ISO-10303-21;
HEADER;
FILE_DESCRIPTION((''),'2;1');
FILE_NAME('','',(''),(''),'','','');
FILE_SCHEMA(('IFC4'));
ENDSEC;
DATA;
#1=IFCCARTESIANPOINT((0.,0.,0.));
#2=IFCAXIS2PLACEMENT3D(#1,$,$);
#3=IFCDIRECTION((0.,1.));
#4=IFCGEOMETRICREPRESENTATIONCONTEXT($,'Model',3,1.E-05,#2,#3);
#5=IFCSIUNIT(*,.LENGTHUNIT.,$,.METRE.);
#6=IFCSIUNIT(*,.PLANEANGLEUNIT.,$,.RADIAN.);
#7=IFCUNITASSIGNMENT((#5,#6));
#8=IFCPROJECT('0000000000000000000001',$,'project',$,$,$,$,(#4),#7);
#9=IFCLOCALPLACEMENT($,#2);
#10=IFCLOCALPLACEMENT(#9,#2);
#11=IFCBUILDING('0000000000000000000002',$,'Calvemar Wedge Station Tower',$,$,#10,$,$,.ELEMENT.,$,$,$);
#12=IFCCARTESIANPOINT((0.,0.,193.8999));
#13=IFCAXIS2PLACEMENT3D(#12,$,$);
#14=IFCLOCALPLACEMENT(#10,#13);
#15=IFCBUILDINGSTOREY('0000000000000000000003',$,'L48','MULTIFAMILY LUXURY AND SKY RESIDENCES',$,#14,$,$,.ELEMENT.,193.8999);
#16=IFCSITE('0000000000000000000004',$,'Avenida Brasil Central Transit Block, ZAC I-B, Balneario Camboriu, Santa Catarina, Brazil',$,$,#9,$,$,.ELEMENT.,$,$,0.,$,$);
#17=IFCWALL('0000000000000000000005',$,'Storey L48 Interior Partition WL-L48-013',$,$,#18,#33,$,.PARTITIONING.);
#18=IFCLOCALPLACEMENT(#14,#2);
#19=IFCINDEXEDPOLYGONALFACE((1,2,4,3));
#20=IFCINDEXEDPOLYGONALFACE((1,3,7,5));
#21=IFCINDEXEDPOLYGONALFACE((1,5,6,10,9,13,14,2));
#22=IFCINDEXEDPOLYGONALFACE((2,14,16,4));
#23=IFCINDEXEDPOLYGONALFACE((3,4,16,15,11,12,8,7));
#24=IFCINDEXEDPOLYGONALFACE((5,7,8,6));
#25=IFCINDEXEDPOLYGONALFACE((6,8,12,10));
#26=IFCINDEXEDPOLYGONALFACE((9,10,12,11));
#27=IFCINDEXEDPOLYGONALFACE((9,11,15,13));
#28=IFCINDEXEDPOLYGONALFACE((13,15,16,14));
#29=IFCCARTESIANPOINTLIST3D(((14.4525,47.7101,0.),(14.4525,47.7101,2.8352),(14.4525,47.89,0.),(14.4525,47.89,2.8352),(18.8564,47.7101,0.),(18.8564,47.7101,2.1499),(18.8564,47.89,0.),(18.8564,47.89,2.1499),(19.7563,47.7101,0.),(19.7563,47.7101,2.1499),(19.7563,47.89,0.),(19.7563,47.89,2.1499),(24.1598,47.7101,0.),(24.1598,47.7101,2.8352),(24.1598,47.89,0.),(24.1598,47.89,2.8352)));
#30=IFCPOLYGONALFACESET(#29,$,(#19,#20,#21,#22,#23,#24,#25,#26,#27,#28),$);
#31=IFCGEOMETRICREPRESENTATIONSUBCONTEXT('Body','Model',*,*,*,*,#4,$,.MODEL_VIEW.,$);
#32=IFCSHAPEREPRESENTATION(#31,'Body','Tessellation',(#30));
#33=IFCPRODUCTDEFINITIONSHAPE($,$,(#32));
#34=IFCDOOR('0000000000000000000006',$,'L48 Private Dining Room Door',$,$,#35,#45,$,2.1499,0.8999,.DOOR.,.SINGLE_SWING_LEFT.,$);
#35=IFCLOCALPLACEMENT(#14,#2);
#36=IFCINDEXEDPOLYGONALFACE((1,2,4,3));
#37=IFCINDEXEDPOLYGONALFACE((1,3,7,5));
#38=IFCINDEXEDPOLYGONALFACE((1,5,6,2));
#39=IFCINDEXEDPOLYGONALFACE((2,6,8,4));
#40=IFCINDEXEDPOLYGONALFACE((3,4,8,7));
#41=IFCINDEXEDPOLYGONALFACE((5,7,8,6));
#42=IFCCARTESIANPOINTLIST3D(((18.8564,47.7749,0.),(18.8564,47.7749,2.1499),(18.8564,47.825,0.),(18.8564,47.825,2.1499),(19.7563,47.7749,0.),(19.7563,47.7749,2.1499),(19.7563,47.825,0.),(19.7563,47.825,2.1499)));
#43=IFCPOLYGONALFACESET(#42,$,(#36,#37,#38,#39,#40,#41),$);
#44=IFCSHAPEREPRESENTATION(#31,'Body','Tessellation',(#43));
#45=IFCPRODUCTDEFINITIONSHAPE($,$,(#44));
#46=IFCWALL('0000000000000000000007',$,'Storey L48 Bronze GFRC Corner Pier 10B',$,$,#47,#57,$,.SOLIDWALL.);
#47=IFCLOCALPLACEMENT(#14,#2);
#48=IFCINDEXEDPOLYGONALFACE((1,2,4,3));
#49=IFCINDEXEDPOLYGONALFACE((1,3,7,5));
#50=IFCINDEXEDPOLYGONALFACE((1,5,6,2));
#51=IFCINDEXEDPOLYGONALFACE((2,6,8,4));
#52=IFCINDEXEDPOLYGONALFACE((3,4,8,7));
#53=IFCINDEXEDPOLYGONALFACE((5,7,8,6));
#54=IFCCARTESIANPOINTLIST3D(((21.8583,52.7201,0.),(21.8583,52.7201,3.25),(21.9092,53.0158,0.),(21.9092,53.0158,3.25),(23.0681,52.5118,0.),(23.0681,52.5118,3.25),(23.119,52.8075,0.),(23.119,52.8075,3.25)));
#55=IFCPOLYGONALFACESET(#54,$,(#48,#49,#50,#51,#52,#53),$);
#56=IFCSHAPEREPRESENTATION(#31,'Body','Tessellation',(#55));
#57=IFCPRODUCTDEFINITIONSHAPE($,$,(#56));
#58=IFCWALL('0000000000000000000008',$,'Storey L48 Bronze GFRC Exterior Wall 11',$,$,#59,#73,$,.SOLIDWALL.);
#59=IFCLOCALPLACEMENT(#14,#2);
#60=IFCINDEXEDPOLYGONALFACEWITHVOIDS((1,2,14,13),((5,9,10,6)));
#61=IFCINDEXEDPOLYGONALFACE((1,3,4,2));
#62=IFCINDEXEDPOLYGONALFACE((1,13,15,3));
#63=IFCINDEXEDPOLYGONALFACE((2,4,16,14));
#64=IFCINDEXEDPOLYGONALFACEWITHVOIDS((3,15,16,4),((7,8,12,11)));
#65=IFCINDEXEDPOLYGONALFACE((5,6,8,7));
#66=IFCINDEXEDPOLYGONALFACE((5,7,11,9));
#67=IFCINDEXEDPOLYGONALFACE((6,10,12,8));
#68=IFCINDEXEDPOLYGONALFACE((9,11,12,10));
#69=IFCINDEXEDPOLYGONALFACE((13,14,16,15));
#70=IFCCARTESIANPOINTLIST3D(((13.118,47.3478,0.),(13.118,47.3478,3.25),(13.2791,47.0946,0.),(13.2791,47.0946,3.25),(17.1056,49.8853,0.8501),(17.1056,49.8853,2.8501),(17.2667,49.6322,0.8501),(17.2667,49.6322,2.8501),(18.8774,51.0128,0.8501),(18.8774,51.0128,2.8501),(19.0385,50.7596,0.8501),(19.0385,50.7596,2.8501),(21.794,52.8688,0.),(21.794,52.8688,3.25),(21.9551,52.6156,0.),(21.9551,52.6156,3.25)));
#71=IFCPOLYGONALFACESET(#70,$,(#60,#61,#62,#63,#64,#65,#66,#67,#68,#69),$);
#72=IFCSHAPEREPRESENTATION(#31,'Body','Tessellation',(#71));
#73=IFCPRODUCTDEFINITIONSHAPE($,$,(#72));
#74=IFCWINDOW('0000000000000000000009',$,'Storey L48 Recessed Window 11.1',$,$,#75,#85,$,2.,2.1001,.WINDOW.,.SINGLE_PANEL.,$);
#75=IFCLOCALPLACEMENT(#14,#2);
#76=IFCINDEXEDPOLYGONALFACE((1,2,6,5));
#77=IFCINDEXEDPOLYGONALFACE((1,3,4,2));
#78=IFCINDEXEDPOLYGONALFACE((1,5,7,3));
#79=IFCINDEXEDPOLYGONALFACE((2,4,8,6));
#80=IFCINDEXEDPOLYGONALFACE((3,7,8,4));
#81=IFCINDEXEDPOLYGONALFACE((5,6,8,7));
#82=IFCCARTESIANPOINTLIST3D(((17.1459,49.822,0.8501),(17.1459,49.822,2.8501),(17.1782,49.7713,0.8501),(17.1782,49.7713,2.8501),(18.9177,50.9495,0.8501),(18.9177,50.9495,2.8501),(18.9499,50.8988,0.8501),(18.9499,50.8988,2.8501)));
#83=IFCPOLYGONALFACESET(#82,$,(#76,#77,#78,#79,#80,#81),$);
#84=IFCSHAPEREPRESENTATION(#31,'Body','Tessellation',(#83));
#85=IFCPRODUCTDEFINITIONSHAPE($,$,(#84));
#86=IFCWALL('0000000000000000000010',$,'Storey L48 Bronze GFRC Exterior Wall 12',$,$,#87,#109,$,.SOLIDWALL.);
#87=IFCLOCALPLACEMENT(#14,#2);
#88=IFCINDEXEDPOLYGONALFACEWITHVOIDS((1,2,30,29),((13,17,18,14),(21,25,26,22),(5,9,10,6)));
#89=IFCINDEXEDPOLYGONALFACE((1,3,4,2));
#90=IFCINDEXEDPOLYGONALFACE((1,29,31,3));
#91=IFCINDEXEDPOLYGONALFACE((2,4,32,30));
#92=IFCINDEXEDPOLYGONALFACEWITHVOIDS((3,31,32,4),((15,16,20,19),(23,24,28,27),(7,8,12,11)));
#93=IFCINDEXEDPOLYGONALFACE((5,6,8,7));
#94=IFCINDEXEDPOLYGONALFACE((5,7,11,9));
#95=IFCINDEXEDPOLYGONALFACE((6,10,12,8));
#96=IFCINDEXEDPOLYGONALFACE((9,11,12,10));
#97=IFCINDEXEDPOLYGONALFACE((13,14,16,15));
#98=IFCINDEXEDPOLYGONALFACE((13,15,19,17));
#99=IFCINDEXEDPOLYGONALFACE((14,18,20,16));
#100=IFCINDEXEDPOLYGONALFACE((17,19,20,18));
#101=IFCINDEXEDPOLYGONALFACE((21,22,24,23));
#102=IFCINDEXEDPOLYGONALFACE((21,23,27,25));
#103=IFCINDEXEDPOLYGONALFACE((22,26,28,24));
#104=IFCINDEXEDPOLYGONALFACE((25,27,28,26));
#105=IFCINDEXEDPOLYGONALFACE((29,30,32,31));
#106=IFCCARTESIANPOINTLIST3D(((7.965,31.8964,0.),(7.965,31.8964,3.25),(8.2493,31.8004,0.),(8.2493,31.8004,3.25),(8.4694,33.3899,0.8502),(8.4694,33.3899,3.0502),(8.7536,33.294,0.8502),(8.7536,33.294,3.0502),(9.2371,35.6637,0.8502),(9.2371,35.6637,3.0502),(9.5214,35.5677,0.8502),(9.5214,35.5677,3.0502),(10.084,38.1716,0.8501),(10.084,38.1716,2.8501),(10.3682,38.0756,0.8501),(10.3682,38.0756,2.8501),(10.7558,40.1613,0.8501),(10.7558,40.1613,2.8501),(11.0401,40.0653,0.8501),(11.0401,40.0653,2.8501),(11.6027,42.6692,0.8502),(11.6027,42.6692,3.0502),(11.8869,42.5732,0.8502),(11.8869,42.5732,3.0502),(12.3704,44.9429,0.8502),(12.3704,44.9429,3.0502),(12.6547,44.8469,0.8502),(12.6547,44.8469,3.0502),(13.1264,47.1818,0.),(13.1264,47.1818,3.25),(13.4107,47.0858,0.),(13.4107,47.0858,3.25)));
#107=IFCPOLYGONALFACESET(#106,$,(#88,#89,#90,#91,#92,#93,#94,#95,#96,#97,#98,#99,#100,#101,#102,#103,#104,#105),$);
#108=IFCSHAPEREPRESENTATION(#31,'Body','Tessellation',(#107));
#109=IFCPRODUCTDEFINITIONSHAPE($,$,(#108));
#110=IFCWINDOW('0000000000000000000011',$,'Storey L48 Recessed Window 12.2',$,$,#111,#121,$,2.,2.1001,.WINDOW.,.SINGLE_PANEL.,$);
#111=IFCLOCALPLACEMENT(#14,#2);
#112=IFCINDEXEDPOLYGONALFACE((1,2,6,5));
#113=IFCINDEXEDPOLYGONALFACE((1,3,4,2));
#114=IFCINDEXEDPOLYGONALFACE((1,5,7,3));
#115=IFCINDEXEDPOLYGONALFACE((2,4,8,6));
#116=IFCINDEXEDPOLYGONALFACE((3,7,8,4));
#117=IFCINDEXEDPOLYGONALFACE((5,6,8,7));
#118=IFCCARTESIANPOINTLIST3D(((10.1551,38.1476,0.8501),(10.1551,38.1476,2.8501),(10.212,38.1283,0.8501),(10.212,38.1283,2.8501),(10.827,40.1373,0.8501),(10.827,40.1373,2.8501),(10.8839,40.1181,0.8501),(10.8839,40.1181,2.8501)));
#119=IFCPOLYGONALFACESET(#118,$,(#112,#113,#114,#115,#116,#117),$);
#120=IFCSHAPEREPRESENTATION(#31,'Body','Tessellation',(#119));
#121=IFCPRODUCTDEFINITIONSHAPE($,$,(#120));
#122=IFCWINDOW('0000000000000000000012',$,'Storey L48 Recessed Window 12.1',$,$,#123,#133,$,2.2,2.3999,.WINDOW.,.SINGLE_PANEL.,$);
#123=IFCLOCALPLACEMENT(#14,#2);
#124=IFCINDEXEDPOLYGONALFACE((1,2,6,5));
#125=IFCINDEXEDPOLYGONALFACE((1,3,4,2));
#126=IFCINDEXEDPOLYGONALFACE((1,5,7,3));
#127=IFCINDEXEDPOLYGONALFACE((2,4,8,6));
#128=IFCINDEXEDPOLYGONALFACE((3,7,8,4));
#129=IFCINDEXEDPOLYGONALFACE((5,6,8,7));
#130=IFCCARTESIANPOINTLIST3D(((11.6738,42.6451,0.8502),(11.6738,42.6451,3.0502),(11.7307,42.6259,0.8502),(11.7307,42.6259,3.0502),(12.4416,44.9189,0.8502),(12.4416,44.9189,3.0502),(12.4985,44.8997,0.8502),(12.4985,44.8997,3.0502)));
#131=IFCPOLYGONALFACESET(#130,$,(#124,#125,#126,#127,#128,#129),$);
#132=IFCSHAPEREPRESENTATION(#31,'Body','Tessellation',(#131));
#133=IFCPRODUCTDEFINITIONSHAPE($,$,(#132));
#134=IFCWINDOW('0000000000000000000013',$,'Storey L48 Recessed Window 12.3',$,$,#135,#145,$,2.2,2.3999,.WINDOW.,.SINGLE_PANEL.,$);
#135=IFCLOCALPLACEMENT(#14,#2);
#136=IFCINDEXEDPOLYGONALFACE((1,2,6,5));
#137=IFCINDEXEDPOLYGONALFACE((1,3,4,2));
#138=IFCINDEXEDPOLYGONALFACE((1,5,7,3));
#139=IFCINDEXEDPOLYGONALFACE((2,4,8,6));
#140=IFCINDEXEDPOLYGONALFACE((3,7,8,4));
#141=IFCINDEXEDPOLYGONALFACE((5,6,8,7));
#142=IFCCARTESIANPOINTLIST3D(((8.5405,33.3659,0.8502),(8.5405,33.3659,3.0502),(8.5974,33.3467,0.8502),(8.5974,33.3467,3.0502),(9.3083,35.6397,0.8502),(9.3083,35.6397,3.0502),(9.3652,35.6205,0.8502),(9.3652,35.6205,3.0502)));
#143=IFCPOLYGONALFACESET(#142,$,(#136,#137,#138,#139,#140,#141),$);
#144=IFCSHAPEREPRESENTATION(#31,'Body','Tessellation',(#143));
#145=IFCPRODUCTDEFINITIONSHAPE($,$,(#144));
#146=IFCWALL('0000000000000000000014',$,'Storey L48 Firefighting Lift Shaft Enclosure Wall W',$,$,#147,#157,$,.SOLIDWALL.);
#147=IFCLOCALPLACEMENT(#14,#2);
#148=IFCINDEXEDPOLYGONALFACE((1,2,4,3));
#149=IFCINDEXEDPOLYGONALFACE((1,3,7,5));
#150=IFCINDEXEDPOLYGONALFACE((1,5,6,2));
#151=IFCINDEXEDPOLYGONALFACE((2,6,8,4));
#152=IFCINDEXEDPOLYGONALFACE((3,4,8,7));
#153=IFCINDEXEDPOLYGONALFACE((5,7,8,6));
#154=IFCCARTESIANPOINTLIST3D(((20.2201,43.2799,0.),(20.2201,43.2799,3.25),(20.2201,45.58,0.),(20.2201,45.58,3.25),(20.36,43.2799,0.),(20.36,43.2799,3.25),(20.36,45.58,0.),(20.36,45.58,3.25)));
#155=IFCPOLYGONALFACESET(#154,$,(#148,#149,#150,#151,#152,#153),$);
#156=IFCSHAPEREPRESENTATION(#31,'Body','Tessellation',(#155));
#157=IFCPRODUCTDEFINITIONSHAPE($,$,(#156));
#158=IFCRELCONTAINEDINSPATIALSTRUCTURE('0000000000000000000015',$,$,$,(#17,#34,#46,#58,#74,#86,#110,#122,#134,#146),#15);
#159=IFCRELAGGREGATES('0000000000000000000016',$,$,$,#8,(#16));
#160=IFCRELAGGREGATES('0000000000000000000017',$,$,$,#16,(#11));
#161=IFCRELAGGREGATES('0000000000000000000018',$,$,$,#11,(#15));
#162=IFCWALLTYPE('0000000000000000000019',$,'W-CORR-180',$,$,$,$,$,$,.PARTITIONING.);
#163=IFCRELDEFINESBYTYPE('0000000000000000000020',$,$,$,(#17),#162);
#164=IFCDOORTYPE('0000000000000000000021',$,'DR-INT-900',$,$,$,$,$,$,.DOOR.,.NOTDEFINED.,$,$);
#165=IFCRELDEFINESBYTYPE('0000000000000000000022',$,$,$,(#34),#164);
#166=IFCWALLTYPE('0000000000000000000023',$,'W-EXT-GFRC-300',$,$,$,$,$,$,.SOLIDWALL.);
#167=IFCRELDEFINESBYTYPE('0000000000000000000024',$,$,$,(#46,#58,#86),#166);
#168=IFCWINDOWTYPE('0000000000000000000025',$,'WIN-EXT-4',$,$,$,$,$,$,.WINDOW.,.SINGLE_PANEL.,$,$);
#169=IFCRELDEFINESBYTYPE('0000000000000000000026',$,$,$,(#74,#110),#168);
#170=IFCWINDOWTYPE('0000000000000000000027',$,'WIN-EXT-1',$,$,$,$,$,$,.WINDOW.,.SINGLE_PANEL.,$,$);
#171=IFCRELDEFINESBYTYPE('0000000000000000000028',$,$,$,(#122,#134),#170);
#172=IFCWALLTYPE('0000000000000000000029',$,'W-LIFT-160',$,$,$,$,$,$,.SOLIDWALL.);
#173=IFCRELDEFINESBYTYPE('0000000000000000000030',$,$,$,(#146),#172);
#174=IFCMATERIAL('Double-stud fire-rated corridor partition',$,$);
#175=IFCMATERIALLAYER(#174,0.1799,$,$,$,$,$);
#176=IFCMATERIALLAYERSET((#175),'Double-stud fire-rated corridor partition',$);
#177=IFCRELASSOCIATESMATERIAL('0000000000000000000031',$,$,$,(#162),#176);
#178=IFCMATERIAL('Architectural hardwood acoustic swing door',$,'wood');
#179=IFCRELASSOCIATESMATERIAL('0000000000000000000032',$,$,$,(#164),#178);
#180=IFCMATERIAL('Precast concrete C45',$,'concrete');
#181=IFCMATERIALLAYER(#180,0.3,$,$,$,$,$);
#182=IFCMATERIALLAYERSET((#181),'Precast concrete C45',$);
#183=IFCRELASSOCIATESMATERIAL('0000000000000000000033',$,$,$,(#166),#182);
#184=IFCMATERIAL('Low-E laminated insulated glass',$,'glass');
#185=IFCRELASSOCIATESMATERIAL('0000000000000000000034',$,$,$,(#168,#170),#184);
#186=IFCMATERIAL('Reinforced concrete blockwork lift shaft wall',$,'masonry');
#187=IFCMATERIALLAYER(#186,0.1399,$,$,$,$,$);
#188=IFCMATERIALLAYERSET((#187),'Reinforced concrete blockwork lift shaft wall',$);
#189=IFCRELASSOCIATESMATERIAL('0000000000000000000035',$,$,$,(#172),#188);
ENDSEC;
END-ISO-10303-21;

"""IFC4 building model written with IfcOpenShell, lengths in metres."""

from ifc_helpers import new_model, si_unit, direction, frame, frame_2d, origin, place, context, subcontext, project, spatial, rectangle, extrude, source, transform, mapped, material, layer, layer_set, type_object, element, fill, save


model = new_model("IFC4")

# Units and contexts
model_context = context("Model", 3, precision=1e-05, world=origin(), true_north=direction((0.0, 1.0)))
body_context = subcontext(model_context, "Body", "Model", "MODEL_VIEW")
ifc_project = project(units=[si_unit("LENGTHUNIT", "METRE"), si_unit("PLANEANGLEUNIT", "RADIAN")], contexts=[model_context])

# Site, building, storey
site_placement = place(None, origin())
site = spatial("IfcSite", under=ifc_project, at=site_placement, Name="Avenida Brasil Central Transit Block, ZAC I-B, Balneario Camboriu, Santa Catarina, Brazil", CompositionType="ELEMENT", RefElevation=0.0)
building_placement = place(site_placement, origin())
building = spatial("IfcBuilding", under=site, at=building_placement, Name="Calvemar Wedge Station Tower", CompositionType="ELEMENT")
storey_placement = place(building_placement, frame((0.0, 0.0, 193.8999)))
storey = spatial("IfcBuildingStorey", under=building, at=storey_placement, Name="L48", Description="MULTIFAMILY LUXURY AND SKY RESIDENCES", CompositionType="ELEMENT", Elevation=193.8999)

# Shared definitions
ifc_material_1 = material(Name="Precast concrete C45", Category="concrete")

# Shared definitions
ifc_material_2 = material(Name="Double-stud fire-rated corridor partition")
ifc_layer_1 = layer(ifc_material_2, 0.1799)
ifc_layer_set_1 = layer_set([ifc_layer_1], Name="Double-stud fire-rated corridor partition")
wall_type_1 = type_object("IfcWallType", Name="W-CORR-180", PredefinedType="PARTITIONING", material=ifc_layer_set_1)

# Wall, opening, door
wall_1_placement = place(storey_placement, frame((14.4526, 47.8, 0.0), z_axis=(0.0, 0.0, 1.0), x_axis=(1.0, 0.0, 0.0)))
wall_1 = element("IfcWall", 1, at=wall_1_placement, inside=storey, type_object=wall_type_1, Name="Storey L48 Interior Partition WL-L48-013", PredefinedType="PARTITIONING", context=body_context, shape_type="SweptSolid", body=[
    extrude(rectangle(XDim=9.7073, YDim=0.1799, at=frame_2d((4.8535, 0.0))), origin(), (0.0, 0.0, 1.0), 2.8352),
])
shared_shape_1 = source(origin(), body_context, "Body", "SweptSolid", [
    extrude(rectangle(XDim=0.8999, YDim=2.1499, at=frame_2d((0.45, 1.075))), frame((0.0, 0.1001, 0.0), z_axis=(0.0, -1.0, 0.0), x_axis=(1.0, 0.0, 0.0)), (0.0, 0.0, 1.0), 0.2),
])
opening_1_placement = place(wall_1_placement, frame((4.4038, 0.0, 0.0)))
opening_1 = element("IfcOpeningElement", 2, at=opening_1_placement, cuts=wall_1, PredefinedType="OPENING", context=body_context, shape_type="MappedRepresentation", body=[
    mapped(shared_shape_1, transform((0.0, 0.0, 0.0), scale=1.0)),
])
ifc_material_3 = material(Name="Architectural hardwood acoustic swing door", Category="wood")
door_type_1 = type_object("IfcDoorType", Name="DR-INT-900", OperationType="NOTDEFINED", PredefinedType="DOOR", material=ifc_material_3)
shared_shape_2 = source(origin(), body_context, "Body", "SweptSolid", [
    extrude(rectangle(XDim=0.8999, YDim=2.1499, at=frame_2d((0.45, 1.075))), frame((0.0, 0.0249, 0.0), z_axis=(0.0, -1.0, 0.0), x_axis=(1.0, 0.0, 0.0)), (0.0, 0.0, 1.0), 0.05),
])
door_1_placement = place(opening_1_placement, origin())
door_1 = element("IfcDoor", 3, at=door_1_placement, inside=storey, type_object=door_type_1, Name="L48 Private Dining Room Door", OperationType="SINGLE_SWING_LEFT", OverallHeight=2.1499, OverallWidth=0.8999, PredefinedType="DOOR", context=body_context, shape_type="MappedRepresentation", body=[
    mapped(shared_shape_2, transform((0.0, 0.0, 0.0), scale=1.0)),
])
fill(opening_1, door_1)

# Wall
ifc_layer_2 = layer(ifc_material_1, 0.3)
ifc_layer_set_2 = layer_set([ifc_layer_2], Name="Precast concrete C45")
wall_type_2 = type_object("IfcWallType", Name="W-EXT-GFRC-300", PredefinedType="SOLIDWALL", material=ifc_layer_set_2)
wall_2_placement = place(storey_placement, frame((23.0935, 52.6597, 0.0), z_axis=(0.0, 0.0, 1.0), x_axis=(-0.985504, 0.169654, 0.0)))
element("IfcWall", 4, at=wall_2_placement, inside=storey, type_object=wall_type_2, Name="Storey L48 Bronze GFRC Corner Pier 10B", PredefinedType="SOLIDWALL", context=body_context, shape_type="SweptSolid", body=[
    extrude(rectangle(XDim=1.2275, YDim=0.3, at=frame_2d((0.6138, 0.0))), origin(), (0.0, 0.0, 1.0), 3.25),
])

# Wall, opening, window
wall_3_placement = place(storey_placement, frame((21.8745, 52.7422, 0.0), z_axis=(0.0, 0.0, 1.0), x_axis=(-0.843666, -0.536868, 0.0)))
wall_3 = element("IfcWall", 5, at=wall_3_placement, inside=storey, type_object=wall_type_2, Name="Storey L48 Bronze GFRC Exterior Wall 11", PredefinedType="SOLIDWALL", context=body_context, shape_type="SweptSolid", body=[
    extrude(rectangle(XDim=10.2837, YDim=0.3, at=frame_2d((5.1418, 0.0))), origin(), (0.0, 0.0, 1.0), 3.25),
])
shared_shape_3 = source(origin(), body_context, "Body", "SweptSolid", [
    extrude(rectangle(XDim=2.1001, YDim=2.0, at=frame_2d((1.05, 1.0))), frame((0.0, 0.1602, 0.0), z_axis=(0.0, -1.0, 0.0), x_axis=(1.0, 0.0, 0.0)), (0.0, 0.0, 1.0), 0.3201),
])
opening_2_placement = place(wall_3_placement, frame((3.457, 0.0, 0.8501)))
opening_2 = element("IfcOpeningElement", 6, at=opening_2_placement, cuts=wall_3, PredefinedType="OPENING", context=body_context, shape_type="MappedRepresentation", body=[
    mapped(shared_shape_3, transform((0.0, 0.0, 0.0), scale=1.0)),
])
ifc_material_4 = material(Name="Low-E laminated insulated glass", Category="glass")
window_type_1 = type_object("IfcWindowType", Name="WIN-EXT-4", PartitioningType="SINGLE_PANEL", PredefinedType="WINDOW", material=ifc_material_4)
shared_shape_4 = source(origin(), body_context, "Body", "SweptSolid", [
    extrude(rectangle(XDim=2.1001, YDim=2.0, at=frame_2d((1.05, 1.0))), frame((0.0, -0.0149, 0.0), z_axis=(0.0, -1.0, 0.0), x_axis=(1.0, 0.0, 0.0)), (0.0, 0.0, 1.0), 0.0601),
])
window_1_placement = place(opening_2_placement, origin())
window_1 = element("IfcWindow", 7, at=window_1_placement, inside=storey, type_object=window_type_1, Name="Storey L48 Recessed Window 11.1", OverallHeight=2.0, OverallWidth=2.1001, PartitioningType="SINGLE_PANEL", PredefinedType="WINDOW", context=body_context, shape_type="MappedRepresentation", body=[
    mapped(shared_shape_4, transform((0.0, 0.0, 0.0), scale=1.0)),
])
fill(opening_2, window_1)

# Wall, openings, windows
wall_4_placement = place(storey_placement, frame((13.2686, 47.1338, 0.0), z_axis=(0.0, 0.0, 1.0), x_axis=(-0.319921, -0.947444, 0.0)))
wall_4 = element("IfcWall", 8, at=wall_4_placement, inside=storey, type_object=wall_type_2, Name="Storey L48 Bronze GFRC Exterior Wall 12", PredefinedType="SOLIDWALL", context=body_context, shape_type="SweptSolid", body=[
    extrude(rectangle(XDim=16.1333, YDim=0.3, at=frame_2d((8.0667, 0.0))), origin(), (0.0, 0.0, 1.0), 3.25),
])
shared_shape_5 = source(origin(), body_context, "Body", "SweptSolid", [
    extrude(rectangle(XDim=2.3999, YDim=2.2, at=frame_2d((1.2, 1.1001))), frame((0.0, 0.1602, 0.0), z_axis=(0.0, -1.0, 0.0), x_axis=(1.0, 0.0, 0.0)), (0.0, 0.0, 1.0), 0.3201),
])
opening_3_placement = place(wall_4_placement, frame((2.363, 0.0, 0.8501)))
opening_3 = element("IfcOpeningElement", 9, at=opening_3_placement, cuts=wall_4, PredefinedType="OPENING", context=body_context, shape_type="MappedRepresentation", body=[
    mapped(shared_shape_5, transform((0.0, 0.0, 0.0), scale=1.0)),
])
opening_4_placement = place(wall_4_placement, frame((7.4099, 0.0, 0.8501)))
opening_4 = element("IfcOpeningElement", 10, at=opening_4_placement, cuts=wall_4, PredefinedType="OPENING", context=body_context, shape_type="MappedRepresentation", body=[
    mapped(shared_shape_3, transform((0.0, 0.0, 0.0), scale=1.0)),
])
opening_5_placement = place(wall_4_placement, frame((12.157, 0.0, 0.8501)))
opening_5 = element("IfcOpeningElement", 11, at=opening_5_placement, cuts=wall_4, PredefinedType="OPENING", context=body_context, shape_type="MappedRepresentation", body=[
    mapped(shared_shape_5, transform((0.0, 0.0, 0.0), scale=1.0)),
])
window_2_placement = place(opening_4_placement, origin())
window_2 = element("IfcWindow", 12, at=window_2_placement, inside=storey, type_object=window_type_1, Name="Storey L48 Recessed Window 12.2", OverallHeight=2.0, OverallWidth=2.1001, PartitioningType="SINGLE_PANEL", PredefinedType="WINDOW", context=body_context, shape_type="MappedRepresentation", body=[
    mapped(shared_shape_4, transform((0.0, 0.0, 0.0), scale=1.0)),
])
fill(opening_4, window_2)
window_type_2 = type_object("IfcWindowType", Name="WIN-EXT-1", PartitioningType="SINGLE_PANEL", PredefinedType="WINDOW", material=ifc_material_4)
shared_shape_6 = source(origin(), body_context, "Body", "SweptSolid", [
    extrude(rectangle(XDim=2.3999, YDim=2.2, at=frame_2d((1.2, 1.1001))), frame((0.0, -0.0149, 0.0), z_axis=(0.0, -1.0, 0.0), x_axis=(1.0, 0.0, 0.0)), (0.0, 0.0, 1.0), 0.0601),
])
window_3_placement = place(opening_3_placement, origin())
window_3 = element("IfcWindow", 13, at=window_3_placement, inside=storey, type_object=window_type_2, Name="Storey L48 Recessed Window 12.1", OverallHeight=2.2, OverallWidth=2.3999, PartitioningType="SINGLE_PANEL", PredefinedType="WINDOW", context=body_context, shape_type="MappedRepresentation", body=[
    mapped(shared_shape_6, transform((0.0, 0.0, 0.0), scale=1.0)),
])
fill(opening_3, window_3)
window_4_placement = place(opening_5_placement, origin())
window_4 = element("IfcWindow", 14, at=window_4_placement, inside=storey, type_object=window_type_2, Name="Storey L48 Recessed Window 12.3", OverallHeight=2.2, OverallWidth=2.3999, PartitioningType="SINGLE_PANEL", PredefinedType="WINDOW", context=body_context, shape_type="MappedRepresentation", body=[
    mapped(shared_shape_6, transform((0.0, 0.0, 0.0), scale=1.0)),
])
fill(opening_5, window_4)

# Wall
ifc_material_5 = material(Name="Reinforced concrete blockwork lift shaft wall", Category="masonry")
ifc_layer_3 = layer(ifc_material_5, 0.1399)
ifc_layer_set_3 = layer_set([ifc_layer_3], Name="Reinforced concrete blockwork lift shaft wall")
wall_type_3 = type_object("IfcWallType", Name="W-LIFT-160", PredefinedType="SOLIDWALL", material=ifc_layer_set_3)
wall_5_placement = place(storey_placement, frame((20.29, 43.28, 0.0), z_axis=(0.0, 0.0, 1.0), x_axis=(0.0, 1.0, 0.0)))
element("IfcWall", 15, at=wall_5_placement, inside=storey, type_object=wall_type_3, Name="Storey L48 Firefighting Lift Shaft Enclosure Wall W", PredefinedType="SOLIDWALL", context=body_context, shape_type="SweptSolid", body=[
    extrude(rectangle(XDim=2.3, YDim=0.1399, at=frame_2d((1.1499, 0.0))), origin(), (0.0, 0.0, 1.0), 3.25),
])

save(model, "model.ifc")
